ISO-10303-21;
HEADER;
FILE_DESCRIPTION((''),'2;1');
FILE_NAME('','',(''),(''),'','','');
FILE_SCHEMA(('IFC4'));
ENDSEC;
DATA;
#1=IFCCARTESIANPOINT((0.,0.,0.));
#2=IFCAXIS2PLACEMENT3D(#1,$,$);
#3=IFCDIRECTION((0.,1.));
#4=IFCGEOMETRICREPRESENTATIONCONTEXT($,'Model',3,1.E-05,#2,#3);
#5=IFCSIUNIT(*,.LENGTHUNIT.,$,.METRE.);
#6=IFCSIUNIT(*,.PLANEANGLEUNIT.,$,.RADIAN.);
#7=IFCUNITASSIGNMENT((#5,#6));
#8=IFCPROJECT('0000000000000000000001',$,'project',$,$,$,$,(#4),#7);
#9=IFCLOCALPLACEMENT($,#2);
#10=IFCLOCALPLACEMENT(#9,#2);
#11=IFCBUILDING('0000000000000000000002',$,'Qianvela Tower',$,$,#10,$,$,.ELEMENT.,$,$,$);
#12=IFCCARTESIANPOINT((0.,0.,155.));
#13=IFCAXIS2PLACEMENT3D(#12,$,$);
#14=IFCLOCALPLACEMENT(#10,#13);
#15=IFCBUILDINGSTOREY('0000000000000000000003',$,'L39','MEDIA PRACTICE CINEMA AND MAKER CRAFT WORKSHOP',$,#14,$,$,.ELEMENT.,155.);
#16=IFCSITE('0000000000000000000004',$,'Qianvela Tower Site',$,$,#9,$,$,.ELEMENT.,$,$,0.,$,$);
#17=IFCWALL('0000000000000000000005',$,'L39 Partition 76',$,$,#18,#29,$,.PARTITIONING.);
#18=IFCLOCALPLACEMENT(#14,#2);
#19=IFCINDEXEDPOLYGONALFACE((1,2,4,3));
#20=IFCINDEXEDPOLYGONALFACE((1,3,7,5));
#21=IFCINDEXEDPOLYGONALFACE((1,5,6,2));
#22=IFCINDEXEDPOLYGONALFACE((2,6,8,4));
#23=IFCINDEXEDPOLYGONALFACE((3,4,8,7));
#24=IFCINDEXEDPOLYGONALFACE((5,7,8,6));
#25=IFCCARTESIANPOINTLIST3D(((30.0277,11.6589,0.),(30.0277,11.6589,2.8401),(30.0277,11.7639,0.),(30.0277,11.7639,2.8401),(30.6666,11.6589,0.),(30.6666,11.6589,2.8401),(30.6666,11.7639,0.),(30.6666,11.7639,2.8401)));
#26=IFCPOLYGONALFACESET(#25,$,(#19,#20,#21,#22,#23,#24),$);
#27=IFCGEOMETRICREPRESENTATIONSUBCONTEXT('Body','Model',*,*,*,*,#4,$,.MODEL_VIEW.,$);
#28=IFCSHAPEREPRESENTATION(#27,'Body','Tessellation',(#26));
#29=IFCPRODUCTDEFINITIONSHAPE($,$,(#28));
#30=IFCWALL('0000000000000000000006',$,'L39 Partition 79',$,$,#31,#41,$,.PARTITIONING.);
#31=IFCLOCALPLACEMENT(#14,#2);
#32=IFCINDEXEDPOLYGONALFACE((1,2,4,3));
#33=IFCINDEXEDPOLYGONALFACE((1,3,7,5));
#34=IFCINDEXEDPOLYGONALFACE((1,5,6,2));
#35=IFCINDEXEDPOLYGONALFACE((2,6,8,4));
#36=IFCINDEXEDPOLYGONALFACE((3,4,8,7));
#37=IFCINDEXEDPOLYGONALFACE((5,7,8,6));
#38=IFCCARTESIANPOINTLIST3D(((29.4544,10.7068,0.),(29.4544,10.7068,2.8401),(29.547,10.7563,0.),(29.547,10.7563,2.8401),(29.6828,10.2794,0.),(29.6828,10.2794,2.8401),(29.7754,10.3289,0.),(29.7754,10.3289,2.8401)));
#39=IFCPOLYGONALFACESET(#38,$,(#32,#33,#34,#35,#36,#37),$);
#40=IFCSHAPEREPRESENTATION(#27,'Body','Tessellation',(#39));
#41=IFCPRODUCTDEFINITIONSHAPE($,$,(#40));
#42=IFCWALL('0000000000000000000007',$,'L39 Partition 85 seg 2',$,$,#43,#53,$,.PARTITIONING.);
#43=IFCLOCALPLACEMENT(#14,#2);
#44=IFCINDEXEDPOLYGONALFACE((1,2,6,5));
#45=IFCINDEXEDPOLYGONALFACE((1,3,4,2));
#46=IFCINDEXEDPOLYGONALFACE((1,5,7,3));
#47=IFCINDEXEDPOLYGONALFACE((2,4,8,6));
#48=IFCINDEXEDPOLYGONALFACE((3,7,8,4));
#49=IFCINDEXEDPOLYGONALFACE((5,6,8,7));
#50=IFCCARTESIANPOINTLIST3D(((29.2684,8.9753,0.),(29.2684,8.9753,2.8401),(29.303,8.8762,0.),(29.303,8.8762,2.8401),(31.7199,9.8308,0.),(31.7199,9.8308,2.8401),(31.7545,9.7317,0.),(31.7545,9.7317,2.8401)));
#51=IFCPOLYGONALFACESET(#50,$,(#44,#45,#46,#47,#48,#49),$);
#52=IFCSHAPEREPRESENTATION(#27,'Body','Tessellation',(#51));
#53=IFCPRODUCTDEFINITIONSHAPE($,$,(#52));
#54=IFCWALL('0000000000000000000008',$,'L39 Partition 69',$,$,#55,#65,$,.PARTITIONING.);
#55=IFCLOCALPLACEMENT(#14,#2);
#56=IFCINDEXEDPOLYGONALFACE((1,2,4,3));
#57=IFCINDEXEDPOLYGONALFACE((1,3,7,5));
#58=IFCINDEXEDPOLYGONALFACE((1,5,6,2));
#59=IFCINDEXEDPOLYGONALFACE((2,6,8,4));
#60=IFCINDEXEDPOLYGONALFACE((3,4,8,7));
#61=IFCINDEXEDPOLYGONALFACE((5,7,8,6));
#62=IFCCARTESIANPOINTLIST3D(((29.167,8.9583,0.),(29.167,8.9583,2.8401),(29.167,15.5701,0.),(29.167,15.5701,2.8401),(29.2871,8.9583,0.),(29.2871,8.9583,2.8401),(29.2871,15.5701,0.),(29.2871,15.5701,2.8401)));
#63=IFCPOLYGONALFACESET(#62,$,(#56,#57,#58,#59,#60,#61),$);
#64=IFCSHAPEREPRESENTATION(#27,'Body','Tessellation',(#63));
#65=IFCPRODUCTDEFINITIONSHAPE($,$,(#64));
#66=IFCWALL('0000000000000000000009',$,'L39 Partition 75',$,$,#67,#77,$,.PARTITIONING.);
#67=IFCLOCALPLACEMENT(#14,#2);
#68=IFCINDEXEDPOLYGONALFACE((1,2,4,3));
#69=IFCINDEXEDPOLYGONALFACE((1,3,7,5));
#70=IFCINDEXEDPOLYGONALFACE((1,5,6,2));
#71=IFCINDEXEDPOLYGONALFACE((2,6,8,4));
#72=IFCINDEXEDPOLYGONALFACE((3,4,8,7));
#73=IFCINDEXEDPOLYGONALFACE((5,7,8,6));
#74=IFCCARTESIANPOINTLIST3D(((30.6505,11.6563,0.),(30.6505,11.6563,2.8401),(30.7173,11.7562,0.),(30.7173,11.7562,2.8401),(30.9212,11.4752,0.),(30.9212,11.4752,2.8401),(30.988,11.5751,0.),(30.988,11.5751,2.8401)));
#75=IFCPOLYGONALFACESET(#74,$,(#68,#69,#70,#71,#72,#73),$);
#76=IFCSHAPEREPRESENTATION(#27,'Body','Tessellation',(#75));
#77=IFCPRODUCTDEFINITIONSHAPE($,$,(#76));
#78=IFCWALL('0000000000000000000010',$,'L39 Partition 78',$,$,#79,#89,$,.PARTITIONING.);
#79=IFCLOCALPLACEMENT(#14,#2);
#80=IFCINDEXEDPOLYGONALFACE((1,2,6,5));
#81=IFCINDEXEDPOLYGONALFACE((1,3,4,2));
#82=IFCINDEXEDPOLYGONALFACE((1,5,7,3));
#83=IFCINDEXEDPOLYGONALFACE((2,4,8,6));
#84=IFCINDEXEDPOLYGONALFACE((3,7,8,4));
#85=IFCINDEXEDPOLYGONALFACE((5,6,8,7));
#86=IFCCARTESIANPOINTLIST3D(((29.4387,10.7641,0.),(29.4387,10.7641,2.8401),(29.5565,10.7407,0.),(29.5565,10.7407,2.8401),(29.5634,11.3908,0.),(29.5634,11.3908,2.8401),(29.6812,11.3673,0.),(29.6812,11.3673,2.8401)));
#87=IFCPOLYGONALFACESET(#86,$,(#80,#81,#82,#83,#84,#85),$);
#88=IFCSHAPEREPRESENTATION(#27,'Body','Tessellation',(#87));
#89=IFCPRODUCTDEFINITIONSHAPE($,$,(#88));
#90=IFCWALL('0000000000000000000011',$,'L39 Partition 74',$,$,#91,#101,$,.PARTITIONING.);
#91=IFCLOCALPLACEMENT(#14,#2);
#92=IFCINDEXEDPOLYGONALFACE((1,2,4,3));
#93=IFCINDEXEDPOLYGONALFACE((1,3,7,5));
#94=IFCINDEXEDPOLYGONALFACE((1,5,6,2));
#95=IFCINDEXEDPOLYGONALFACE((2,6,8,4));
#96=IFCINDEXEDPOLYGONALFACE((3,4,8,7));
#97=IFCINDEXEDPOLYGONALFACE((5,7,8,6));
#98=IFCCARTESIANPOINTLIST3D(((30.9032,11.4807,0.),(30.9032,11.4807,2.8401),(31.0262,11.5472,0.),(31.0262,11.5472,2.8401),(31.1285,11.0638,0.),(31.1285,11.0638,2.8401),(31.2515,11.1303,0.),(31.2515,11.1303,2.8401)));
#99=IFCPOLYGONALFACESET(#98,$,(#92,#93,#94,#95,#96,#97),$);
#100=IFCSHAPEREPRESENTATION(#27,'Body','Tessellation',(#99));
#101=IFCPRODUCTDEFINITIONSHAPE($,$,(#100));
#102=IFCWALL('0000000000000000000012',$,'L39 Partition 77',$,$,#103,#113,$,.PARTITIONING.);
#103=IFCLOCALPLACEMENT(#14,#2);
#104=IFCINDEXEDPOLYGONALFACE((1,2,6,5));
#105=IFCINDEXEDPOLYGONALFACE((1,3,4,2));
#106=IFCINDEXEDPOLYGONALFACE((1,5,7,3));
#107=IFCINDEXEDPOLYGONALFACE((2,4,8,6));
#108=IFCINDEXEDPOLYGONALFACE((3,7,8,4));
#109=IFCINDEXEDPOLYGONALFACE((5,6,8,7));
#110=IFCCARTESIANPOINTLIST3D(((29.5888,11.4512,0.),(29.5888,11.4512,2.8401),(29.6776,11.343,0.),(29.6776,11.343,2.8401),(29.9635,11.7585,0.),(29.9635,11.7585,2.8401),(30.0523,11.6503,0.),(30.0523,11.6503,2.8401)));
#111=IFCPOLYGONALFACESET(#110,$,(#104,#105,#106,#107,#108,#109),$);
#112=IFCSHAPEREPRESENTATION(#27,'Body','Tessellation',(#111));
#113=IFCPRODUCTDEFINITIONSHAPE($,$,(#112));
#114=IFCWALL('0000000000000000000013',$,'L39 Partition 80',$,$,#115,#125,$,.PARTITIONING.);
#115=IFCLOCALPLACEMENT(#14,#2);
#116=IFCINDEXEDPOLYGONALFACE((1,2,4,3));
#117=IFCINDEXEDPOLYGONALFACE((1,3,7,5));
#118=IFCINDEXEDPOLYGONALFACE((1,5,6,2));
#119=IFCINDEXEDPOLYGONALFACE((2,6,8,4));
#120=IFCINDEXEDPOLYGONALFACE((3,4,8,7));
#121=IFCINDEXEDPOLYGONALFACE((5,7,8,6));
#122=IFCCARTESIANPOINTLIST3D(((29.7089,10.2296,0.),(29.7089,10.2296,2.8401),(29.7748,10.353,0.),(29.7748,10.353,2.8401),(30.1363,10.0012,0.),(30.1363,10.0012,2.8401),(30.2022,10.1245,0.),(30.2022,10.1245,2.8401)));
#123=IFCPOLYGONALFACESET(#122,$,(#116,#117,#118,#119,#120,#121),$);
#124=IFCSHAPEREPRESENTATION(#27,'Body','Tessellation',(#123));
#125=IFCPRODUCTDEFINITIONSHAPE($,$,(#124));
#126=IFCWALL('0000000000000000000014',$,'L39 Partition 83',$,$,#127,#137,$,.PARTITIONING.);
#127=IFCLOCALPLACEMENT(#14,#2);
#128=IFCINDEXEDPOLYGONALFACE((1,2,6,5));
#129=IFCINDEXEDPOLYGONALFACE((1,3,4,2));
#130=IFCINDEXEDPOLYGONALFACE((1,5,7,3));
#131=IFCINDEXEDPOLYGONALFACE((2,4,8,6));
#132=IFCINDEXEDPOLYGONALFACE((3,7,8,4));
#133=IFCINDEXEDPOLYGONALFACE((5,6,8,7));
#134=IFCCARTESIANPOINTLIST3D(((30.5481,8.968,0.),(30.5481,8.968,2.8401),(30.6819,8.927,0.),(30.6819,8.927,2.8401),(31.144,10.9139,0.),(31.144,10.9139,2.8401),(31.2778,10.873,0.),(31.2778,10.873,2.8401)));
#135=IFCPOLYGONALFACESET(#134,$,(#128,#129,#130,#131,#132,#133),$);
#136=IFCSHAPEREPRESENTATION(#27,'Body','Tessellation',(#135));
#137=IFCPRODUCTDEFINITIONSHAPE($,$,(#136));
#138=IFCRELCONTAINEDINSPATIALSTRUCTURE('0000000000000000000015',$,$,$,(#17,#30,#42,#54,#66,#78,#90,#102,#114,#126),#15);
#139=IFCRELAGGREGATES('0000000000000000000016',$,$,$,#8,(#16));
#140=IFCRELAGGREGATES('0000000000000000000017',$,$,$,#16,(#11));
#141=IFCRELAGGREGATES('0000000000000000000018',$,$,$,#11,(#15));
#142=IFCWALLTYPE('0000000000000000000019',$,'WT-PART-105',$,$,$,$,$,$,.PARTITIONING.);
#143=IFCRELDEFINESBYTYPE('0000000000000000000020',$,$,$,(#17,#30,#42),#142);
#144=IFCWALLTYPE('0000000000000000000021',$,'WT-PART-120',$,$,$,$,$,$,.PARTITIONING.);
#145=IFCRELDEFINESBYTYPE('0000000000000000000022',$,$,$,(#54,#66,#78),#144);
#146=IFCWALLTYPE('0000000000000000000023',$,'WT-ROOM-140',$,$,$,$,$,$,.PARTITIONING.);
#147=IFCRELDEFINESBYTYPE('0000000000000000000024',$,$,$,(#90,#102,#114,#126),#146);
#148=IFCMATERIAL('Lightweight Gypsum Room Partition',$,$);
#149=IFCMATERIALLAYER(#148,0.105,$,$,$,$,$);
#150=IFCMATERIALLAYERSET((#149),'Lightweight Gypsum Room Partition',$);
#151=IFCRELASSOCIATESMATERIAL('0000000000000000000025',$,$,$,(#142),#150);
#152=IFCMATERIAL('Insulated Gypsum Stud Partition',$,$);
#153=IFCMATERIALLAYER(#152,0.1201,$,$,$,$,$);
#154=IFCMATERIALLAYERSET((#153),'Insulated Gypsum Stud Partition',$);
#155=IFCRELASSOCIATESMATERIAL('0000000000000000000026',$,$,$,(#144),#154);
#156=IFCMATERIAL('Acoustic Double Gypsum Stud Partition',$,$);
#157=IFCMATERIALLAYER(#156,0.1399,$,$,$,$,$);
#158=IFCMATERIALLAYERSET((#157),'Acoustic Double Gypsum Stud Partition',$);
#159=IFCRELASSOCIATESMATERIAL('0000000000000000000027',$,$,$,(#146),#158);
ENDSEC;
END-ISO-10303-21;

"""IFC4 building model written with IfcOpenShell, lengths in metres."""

from ifc_helpers import new_model, si_unit, direction, frame, frame_2d, origin, place, context, subcontext, project, spatial, rectangle, extrude, material, layer, layer_set, type_object, element, save


model = new_model("IFC4")

# Units and contexts
model_context = context("Model", 3, precision=1e-05, world=origin(), true_north=direction((0.0, 1.0)))
body_context = subcontext(model_context, "Body", "Model", "MODEL_VIEW")
ifc_project = project(units=[si_unit("LENGTHUNIT", "METRE"), si_unit("PLANEANGLEUNIT", "RADIAN")], contexts=[model_context])

# Site, building, storey
site_placement = place(None, origin())
site = spatial("IfcSite", under=ifc_project, at=site_placement, Name="Qianvela Tower Site", CompositionType="ELEMENT", RefElevation=0.0)
building_placement = place(site_placement, origin())
building = spatial("IfcBuilding", under=site, at=building_placement, Name="Qianvela Tower", CompositionType="ELEMENT")
storey_placement = place(building_placement, frame((0.0, 0.0, 155.0)))
storey = spatial("IfcBuildingStorey", under=building, at=storey_placement, Name="L39", Description="MEDIA PRACTICE CINEMA AND MAKER CRAFT WORKSHOP", CompositionType="ELEMENT", Elevation=155.0)

# Walls
ifc_material_1 = material(Name="Lightweight Gypsum Room Partition")
ifc_layer_1 = layer(ifc_material_1, 0.105)
ifc_layer_set_1 = layer_set([ifc_layer_1], Name="Lightweight Gypsum Room Partition")
wall_type_1 = type_object("IfcWallType", Name="WT-PART-105", PredefinedType="PARTITIONING", material=ifc_layer_set_1)
wall_1_placement = place(storey_placement, frame((30.6665, 11.7114, 0.0), z_axis=(0.0, 0.0, 1.0), x_axis=(-1.0, 0.0, 0.0)))
element("IfcWall", 1, at=wall_1_placement, inside=storey, type_object=wall_type_1, Name="L39 Partition 76", PredefinedType="PARTITIONING", context=body_context, shape_type="SweptSolid", body=[
    extrude(rectangle(XDim=0.6389, YDim=0.105, at=frame_2d((0.3193, 0.0))), origin(), (0.0, 0.0, 1.0), 2.8401),
])
wall_2_placement = place(storey_placement, frame((29.5007, 10.7314, 0.0), z_axis=(0.0, 0.0, 1.0), x_axis=(0.471425, -0.881906, 0.0)))
element("IfcWall", 2, at=wall_2_placement, inside=storey, type_object=wall_type_1, Name="L39 Partition 79", PredefinedType="PARTITIONING", context=body_context, shape_type="SweptSolid", body=[
    extrude(rectangle(XDim=0.4846, YDim=0.105, at=frame_2d((0.2422, 0.0))), origin(), (0.0, 0.0, 1.0), 2.8401),
])
wall_3_placement = place(storey_placement, frame((31.7373, 9.7812, 0.0), z_axis=(0.0, 0.0, 1.0), x_axis=(-0.944161, -0.329483, 0.0)))
element("IfcWall", 3, at=wall_3_placement, inside=storey, type_object=wall_type_1, Name="L39 Partition 85 seg 2", PredefinedType="PARTITIONING", context=body_context, shape_type="SweptSolid", body=[
    extrude(rectangle(XDim=2.5964, YDim=0.105, at=frame_2d((1.2983, 0.0))), origin(), (0.0, 0.0, 1.0), 2.8401),
])
ifc_material_2 = material(Name="Insulated Gypsum Stud Partition")
ifc_layer_2 = layer(ifc_material_2, 0.1201)
ifc_layer_set_2 = layer_set([ifc_layer_2], Name="Insulated Gypsum Stud Partition")
wall_type_2 = type_object("IfcWallType", Name="WT-PART-120", PredefinedType="PARTITIONING", material=ifc_layer_set_2)
wall_4_placement = place(storey_placement, frame((29.2271, 15.5701, 0.0), z_axis=(0.0, 0.0, 1.0), x_axis=(0.0, -1.0, 0.0)))
element("IfcWall", 4, at=wall_4_placement, inside=storey, type_object=wall_type_2, Name="L39 Partition 69", PredefinedType="PARTITIONING", context=body_context, shape_type="SweptSolid", body=[
    extrude(rectangle(XDim=6.6118, YDim=0.1201, at=frame_2d((3.3059, 0.0))), origin(), (0.0, 0.0, 1.0), 2.8401),
])
wall_5_placement = place(storey_placement, frame((30.9546, 11.5251, 0.0), z_axis=(0.0, 0.0, 1.0), x_axis=(-0.831127, 0.556083, 0.0)))
element("IfcWall", 5, at=wall_5_placement, inside=storey, type_object=wall_type_2, Name="L39 Partition 75", PredefinedType="PARTITIONING", context=body_context, shape_type="SweptSolid", body=[
    extrude(rectangle(XDim=0.3257, YDim=0.1201, at=frame_2d((0.1628, 0.0))), origin(), (0.0, 0.0, 1.0), 2.8401),
])
wall_6_placement = place(storey_placement, frame((29.6223, 11.3789, 0.0), z_axis=(0.0, 0.0, 1.0), x_axis=(-0.195234, -0.980757, 0.0)))
element("IfcWall", 6, at=wall_6_placement, inside=storey, type_object=wall_type_2, Name="L39 Partition 78", PredefinedType="PARTITIONING", context=body_context, shape_type="SweptSolid", body=[
    extrude(rectangle(XDim=0.6389, YDim=0.1201, at=frame_2d((0.3193, 0.0))), origin(), (0.0, 0.0, 1.0), 2.8401),
])
ifc_material_3 = material(Name="Acoustic Double Gypsum Stud Partition")
ifc_layer_3 = layer(ifc_material_3, 0.1399)
ifc_layer_set_3 = layer_set([ifc_layer_3], Name="Acoustic Double Gypsum Stud Partition")
wall_type_3 = type_object("IfcWallType", Name="WT-ROOM-140", PredefinedType="PARTITIONING", material=ifc_layer_set_3)
wall_7_placement = place(storey_placement, frame((31.1899, 11.0972, 0.0), z_axis=(0.0, 0.0, 1.0), x_axis=(-0.47542, 0.879759, 0.0)))
element("IfcWall", 7, at=wall_7_placement, inside=storey, type_object=wall_type_3, Name="L39 Partition 74", PredefinedType="PARTITIONING", context=body_context, shape_type="SweptSolid", body=[
    extrude(rectangle(XDim=0.4739, YDim=0.1399, at=frame_2d((0.2368, 0.0))), origin(), (0.0, 0.0, 1.0), 2.8401),
])
for number, where, z_axis, x_axis, name in (
    (8, (30.0078, 11.7043, 0.0), (0.0, 0.0, 1.0), (-0.773194, -0.63417, 0.0), "L39 Partition 77"),
    (9, (29.7419, 10.2913, 0.0), (0.0, 0.0, 1.0), (0.881906, -0.471425, 0.0), "L39 Partition 80"),
):
    element("IfcWall", number, at=place(storey_placement, frame(where, z_axis=z_axis, x_axis=x_axis)), inside=storey, type_object=wall_type_3, Name=name, PredefinedType="PARTITIONING", context=body_context, shape_type="SweptSolid", body=[
        extrude(rectangle(XDim=0.4846, YDim=0.1399, at=frame_2d((0.2422, 0.0))), origin(), (0.0, 0.0, 1.0), 2.8401),
    ])
wall_8_placement = place(storey_placement, frame((30.615, 8.9475, 0.0), z_axis=(0.0, 0.0, 1.0), x_axis=(0.292813, 0.95617, 0.0)))
element("IfcWall", 10, at=wall_8_placement, inside=storey, type_object=wall_type_3, Name="L39 Partition 83", PredefinedType="PARTITIONING", context=body_context, shape_type="SweptSolid", body=[
    extrude(rectangle(XDim=2.0352, YDim=0.1399, at=frame_2d((1.0176, 0.0))), origin(), (0.0, 0.0, 1.0), 2.8401),
])

save(model, "model.ifc")
